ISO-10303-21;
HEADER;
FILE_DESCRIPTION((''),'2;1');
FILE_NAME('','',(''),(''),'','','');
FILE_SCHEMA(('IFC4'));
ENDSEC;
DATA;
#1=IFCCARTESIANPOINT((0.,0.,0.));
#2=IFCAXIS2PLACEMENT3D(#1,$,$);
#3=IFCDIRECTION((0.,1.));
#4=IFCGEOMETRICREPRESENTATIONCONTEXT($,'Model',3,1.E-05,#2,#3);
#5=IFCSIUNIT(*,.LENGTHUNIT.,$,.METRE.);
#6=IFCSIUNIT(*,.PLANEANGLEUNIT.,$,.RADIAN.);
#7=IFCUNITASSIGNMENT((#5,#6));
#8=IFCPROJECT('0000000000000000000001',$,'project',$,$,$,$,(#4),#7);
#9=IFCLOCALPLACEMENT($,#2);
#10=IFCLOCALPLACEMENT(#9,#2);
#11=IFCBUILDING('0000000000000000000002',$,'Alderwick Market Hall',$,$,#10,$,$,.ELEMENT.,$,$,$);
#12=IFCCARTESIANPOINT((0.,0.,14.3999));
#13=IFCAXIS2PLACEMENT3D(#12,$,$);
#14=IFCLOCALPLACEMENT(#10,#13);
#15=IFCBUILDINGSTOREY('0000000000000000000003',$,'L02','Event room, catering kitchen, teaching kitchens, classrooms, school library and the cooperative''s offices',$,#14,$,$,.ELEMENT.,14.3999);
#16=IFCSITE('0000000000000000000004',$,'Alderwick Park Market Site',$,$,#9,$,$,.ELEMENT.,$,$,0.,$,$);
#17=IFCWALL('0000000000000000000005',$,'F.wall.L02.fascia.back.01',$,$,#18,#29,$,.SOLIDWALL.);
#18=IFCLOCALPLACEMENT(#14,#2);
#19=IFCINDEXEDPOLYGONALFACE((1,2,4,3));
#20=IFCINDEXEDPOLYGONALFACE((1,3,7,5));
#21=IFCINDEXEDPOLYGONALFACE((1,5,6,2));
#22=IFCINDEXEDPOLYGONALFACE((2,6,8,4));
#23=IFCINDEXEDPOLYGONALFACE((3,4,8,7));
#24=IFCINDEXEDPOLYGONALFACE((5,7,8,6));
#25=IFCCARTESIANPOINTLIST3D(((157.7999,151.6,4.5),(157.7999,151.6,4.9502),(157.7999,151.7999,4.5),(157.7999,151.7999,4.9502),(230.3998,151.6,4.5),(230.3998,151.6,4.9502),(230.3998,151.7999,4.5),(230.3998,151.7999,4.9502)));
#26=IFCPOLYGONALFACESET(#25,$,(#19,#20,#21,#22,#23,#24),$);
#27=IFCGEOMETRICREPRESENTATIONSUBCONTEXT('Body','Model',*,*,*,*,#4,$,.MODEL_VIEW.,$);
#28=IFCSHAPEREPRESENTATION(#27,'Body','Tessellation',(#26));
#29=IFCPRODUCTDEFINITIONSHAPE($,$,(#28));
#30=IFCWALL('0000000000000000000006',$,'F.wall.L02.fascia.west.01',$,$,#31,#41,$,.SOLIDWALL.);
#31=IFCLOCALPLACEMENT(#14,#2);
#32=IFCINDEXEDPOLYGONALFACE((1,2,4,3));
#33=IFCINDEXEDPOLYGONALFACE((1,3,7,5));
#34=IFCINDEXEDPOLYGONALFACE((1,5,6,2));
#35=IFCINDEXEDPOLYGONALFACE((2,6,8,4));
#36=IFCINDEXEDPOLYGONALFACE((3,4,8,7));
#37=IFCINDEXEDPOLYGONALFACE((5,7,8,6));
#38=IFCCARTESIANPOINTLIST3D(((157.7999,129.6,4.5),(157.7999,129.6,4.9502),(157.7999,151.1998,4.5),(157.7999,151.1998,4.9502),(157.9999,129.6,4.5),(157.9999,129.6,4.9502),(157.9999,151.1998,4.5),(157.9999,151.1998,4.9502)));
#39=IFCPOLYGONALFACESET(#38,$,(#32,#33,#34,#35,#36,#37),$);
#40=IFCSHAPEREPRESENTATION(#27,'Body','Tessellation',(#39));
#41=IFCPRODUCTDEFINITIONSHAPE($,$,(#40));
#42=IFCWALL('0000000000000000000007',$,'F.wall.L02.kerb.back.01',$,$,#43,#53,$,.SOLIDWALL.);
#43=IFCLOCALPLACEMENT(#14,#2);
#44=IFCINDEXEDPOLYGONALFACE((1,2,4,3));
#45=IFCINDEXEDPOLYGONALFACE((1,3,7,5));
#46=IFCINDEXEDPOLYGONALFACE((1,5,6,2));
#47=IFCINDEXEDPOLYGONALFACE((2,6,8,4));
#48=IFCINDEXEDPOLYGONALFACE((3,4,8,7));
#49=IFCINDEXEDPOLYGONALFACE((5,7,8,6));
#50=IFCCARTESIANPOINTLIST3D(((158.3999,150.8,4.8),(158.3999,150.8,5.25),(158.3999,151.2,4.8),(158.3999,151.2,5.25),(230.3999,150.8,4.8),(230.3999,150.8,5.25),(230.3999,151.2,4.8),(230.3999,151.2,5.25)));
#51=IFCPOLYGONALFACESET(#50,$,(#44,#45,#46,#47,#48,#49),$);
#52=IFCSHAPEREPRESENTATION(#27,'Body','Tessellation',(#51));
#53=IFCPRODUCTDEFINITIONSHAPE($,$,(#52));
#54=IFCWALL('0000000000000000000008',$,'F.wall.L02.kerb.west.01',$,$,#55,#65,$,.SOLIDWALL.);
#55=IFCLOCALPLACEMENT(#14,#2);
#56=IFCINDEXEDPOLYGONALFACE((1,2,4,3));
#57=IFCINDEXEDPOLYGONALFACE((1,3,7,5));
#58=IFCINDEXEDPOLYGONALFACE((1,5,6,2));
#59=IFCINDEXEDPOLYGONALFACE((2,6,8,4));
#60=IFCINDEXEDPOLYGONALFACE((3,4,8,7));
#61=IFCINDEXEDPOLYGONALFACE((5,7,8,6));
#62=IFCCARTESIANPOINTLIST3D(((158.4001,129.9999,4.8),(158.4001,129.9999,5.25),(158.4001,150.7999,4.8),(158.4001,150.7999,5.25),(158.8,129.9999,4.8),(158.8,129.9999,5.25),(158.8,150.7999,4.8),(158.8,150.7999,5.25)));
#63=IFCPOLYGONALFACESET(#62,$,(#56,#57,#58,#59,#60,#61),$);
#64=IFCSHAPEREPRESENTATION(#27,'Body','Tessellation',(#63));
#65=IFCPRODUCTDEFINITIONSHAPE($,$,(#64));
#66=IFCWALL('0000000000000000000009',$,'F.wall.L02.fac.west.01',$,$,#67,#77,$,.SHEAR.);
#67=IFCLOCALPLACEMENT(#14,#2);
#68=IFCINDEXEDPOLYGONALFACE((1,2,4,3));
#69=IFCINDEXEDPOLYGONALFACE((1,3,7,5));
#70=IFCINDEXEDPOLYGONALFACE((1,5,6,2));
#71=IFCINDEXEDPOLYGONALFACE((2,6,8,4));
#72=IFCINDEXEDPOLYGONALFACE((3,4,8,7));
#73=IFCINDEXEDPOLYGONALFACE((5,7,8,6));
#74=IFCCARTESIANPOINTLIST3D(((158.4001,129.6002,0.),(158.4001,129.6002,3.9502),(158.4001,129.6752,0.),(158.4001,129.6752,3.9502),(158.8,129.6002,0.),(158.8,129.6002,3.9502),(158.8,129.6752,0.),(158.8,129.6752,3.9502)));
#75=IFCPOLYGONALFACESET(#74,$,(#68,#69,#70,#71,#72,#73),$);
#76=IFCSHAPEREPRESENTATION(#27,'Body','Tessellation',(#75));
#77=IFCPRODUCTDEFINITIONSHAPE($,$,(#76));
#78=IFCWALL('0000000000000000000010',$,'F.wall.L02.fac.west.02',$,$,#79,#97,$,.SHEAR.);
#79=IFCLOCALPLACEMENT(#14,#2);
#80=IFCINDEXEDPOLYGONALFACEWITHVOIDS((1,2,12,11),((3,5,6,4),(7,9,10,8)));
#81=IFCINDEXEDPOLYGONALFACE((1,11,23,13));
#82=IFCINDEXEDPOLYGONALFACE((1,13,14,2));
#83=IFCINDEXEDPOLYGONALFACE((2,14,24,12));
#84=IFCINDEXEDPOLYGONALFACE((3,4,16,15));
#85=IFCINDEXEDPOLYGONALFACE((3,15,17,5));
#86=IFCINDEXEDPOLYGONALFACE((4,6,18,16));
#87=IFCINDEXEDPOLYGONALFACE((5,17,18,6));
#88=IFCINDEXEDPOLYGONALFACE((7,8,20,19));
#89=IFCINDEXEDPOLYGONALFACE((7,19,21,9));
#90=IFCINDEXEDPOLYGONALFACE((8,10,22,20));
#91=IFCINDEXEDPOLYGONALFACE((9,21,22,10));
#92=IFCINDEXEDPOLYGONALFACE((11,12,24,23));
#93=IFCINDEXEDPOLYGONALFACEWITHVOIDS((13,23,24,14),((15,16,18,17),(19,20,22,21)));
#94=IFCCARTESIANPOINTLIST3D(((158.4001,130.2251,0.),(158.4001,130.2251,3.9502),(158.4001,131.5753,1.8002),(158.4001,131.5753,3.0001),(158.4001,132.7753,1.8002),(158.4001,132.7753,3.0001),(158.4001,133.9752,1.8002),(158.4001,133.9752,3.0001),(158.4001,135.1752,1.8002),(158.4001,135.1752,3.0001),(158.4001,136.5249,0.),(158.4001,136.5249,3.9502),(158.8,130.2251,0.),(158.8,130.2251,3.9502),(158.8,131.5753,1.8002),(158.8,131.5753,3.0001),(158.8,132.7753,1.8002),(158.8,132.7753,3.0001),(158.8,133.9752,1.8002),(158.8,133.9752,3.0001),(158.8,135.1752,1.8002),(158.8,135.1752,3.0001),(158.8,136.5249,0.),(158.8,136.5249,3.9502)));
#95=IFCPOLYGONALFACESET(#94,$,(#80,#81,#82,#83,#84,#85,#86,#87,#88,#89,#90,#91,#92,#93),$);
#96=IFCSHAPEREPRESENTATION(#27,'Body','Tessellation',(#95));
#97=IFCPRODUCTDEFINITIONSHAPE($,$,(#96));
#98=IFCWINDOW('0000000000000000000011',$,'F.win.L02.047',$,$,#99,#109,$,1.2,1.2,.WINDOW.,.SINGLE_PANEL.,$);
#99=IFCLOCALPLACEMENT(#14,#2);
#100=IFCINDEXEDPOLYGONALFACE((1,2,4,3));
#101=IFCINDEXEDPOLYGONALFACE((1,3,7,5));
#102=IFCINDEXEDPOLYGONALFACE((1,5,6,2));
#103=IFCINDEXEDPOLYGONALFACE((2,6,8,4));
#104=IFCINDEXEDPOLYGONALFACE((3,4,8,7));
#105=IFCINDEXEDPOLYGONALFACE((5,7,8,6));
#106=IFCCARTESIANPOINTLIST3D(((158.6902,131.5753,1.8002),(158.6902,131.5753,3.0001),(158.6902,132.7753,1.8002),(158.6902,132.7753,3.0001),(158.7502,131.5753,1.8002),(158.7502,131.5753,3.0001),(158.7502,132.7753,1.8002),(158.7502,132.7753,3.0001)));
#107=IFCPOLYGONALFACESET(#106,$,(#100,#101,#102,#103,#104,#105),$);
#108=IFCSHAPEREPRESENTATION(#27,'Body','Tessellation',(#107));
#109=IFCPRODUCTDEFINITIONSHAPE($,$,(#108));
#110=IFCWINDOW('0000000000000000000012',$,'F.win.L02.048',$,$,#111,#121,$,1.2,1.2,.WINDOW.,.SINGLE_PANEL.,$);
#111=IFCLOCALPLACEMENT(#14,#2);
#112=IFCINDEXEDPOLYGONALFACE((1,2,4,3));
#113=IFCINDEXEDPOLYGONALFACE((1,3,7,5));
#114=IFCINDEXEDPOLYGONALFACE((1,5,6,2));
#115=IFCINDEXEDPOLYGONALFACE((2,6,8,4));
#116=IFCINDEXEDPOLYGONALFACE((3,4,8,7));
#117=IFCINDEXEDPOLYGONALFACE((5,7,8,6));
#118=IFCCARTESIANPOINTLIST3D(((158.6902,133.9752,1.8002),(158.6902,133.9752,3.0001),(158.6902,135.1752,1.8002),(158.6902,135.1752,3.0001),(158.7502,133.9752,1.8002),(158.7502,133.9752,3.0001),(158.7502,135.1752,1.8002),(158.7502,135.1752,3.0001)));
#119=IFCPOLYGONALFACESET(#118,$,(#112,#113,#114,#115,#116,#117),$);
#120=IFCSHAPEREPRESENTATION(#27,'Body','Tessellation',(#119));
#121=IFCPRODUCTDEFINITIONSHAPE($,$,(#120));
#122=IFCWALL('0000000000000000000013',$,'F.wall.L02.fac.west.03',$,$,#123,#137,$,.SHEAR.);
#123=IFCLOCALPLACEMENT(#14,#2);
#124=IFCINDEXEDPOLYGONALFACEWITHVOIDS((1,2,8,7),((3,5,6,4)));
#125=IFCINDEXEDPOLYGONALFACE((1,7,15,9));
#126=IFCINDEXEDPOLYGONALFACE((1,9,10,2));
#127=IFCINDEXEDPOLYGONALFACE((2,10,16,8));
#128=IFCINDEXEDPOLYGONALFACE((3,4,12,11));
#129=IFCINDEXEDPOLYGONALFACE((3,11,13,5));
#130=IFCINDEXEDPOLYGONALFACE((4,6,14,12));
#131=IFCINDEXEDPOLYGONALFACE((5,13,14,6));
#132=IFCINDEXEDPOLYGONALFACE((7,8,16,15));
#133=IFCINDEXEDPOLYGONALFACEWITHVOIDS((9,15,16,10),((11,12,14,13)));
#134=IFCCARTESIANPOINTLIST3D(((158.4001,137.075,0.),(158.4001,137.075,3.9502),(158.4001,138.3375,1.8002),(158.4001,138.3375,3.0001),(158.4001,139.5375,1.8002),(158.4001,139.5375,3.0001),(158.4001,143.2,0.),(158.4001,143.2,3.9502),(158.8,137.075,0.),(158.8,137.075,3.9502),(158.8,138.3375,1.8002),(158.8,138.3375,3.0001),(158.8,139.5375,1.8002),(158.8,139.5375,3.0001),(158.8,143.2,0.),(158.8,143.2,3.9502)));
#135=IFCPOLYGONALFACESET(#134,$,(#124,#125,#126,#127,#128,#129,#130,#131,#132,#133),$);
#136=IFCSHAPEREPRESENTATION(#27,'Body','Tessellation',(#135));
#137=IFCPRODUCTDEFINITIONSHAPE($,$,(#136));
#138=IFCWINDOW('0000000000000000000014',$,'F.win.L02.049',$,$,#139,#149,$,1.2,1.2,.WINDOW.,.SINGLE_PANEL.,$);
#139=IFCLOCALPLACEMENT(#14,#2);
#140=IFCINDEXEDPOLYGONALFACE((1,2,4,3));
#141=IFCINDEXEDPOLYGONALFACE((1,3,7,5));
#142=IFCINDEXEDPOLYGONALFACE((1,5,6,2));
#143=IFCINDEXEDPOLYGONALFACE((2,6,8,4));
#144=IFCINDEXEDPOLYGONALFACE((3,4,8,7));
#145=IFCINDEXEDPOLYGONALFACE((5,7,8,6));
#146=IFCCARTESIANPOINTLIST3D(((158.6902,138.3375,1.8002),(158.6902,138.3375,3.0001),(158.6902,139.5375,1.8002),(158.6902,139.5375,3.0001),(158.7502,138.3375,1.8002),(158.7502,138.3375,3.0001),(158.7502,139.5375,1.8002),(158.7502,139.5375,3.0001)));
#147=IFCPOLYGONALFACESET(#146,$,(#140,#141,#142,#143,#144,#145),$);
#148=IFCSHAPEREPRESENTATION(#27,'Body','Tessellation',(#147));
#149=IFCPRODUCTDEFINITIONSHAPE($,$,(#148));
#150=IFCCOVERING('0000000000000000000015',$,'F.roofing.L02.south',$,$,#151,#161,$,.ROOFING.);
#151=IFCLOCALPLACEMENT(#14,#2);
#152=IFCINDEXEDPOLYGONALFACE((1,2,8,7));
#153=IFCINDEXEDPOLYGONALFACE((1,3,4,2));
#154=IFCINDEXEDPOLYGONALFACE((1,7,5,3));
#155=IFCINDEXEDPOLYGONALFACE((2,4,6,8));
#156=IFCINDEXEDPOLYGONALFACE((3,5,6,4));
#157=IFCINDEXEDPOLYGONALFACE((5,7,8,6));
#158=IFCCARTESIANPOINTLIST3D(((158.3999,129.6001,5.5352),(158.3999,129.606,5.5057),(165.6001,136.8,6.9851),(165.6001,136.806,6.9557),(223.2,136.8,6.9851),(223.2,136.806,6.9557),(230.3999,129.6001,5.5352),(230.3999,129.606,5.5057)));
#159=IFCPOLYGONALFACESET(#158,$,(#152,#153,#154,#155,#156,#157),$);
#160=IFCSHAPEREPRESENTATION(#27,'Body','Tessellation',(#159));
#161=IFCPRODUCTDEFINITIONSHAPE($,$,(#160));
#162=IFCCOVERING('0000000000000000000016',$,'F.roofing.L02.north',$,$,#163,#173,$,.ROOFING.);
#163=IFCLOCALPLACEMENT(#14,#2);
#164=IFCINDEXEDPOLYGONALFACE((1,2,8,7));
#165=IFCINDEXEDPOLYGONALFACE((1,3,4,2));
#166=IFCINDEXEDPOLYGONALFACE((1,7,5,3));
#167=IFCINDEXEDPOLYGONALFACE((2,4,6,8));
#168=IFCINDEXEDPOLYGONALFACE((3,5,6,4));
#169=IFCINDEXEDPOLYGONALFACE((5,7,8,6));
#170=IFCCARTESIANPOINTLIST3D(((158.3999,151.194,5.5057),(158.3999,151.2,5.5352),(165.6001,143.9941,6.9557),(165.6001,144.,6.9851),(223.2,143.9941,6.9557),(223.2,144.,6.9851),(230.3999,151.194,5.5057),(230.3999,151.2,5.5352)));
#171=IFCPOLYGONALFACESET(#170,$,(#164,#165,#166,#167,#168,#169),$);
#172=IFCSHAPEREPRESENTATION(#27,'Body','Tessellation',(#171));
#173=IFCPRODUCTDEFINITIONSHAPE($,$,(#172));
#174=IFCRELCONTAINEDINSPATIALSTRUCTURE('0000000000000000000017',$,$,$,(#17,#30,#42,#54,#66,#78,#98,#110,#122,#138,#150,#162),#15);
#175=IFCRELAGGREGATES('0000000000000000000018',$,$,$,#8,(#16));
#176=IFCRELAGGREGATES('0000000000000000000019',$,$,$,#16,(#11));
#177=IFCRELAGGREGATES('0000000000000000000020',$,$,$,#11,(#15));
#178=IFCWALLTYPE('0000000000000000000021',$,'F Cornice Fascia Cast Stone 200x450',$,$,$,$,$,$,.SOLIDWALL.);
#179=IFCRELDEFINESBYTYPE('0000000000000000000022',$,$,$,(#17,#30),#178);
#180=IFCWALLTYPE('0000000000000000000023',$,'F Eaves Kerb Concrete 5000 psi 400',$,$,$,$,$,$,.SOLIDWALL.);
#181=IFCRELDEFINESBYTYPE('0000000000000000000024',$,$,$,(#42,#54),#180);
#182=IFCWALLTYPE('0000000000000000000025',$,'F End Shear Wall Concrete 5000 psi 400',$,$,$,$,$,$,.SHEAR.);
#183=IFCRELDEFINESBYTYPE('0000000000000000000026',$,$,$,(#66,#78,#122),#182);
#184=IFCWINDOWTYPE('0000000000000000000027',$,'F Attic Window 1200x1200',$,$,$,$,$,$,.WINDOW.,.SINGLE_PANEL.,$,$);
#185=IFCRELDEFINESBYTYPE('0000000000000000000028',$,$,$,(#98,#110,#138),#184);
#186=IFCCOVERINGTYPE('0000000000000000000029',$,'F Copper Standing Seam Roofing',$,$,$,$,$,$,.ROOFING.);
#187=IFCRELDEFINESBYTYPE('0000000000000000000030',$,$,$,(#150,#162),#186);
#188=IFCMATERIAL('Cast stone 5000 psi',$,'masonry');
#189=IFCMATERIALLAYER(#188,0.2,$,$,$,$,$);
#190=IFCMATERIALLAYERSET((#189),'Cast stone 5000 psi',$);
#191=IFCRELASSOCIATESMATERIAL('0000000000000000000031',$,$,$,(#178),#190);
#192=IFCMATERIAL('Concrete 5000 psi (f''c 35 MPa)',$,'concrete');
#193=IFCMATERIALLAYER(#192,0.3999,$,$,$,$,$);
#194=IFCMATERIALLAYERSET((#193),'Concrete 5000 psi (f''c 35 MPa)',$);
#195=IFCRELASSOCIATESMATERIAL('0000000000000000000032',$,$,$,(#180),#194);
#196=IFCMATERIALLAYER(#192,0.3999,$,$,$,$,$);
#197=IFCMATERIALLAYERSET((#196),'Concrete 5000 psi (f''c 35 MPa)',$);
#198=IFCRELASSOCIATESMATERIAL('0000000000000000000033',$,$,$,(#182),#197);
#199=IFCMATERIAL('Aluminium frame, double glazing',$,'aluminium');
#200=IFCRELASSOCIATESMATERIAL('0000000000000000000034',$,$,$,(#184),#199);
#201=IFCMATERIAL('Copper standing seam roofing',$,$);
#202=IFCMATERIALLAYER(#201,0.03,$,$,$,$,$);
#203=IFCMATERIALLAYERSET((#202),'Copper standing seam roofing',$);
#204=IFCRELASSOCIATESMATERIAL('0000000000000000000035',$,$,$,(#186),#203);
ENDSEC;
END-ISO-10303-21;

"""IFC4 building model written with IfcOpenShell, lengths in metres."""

from ifc_helpers import new_model, si_unit, direction, frame, frame_2d, origin, place, context, subcontext, project, spatial, polyline, rectangle, outline, extrude, material, layer, layer_set, type_object, element, fill, save


model = new_model("IFC4")

# Units and contexts
model_context = context("Model", 3, precision=1e-05, world=origin(), true_north=direction((0.0, 1.0)))
body_context = subcontext(model_context, "Body", "Model", "MODEL_VIEW")
ifc_project = project(units=[si_unit("LENGTHUNIT", "METRE"), si_unit("PLANEANGLEUNIT", "RADIAN")], contexts=[model_context])

# Site, building, storey
site_placement = place(None, origin())
site = spatial("IfcSite", under=ifc_project, at=site_placement, Name="Alderwick Park Market Site", CompositionType="ELEMENT", RefElevation=0.0)
building_placement = place(site_placement, origin())
building = spatial("IfcBuilding", under=site, at=building_placement, Name="Alderwick Market Hall", CompositionType="ELEMENT")
storey_placement = place(building_placement, frame((0.0, 0.0, 14.3999)))
storey = spatial("IfcBuildingStorey", under=building, at=storey_placement, Name="L02", Description="Event room, catering kitchen, teaching kitchens, classrooms, school library and the cooperative's offices", CompositionType="ELEMENT", Elevation=14.3999)

# Shared definitions
ifc_material_1 = material(Name="Concrete 5000 psi (f'c 35 MPa)", Category="concrete")

# Walls
ifc_material_2 = material(Name="Cast stone 5000 psi", Category="masonry")
ifc_layer_1 = layer(ifc_material_2, 0.2)
ifc_layer_set_1 = layer_set([ifc_layer_1], Name="Cast stone 5000 psi")
wall_type_1 = type_object("IfcWallType", Name="F Cornice Fascia Cast Stone 200x450", PredefinedType="SOLIDWALL", material=ifc_layer_set_1)
wall_1_placement = place(storey_placement, frame((157.8, 151.7, 4.5), z_axis=(0.0, 0.0, 1.0), x_axis=(1.0, 0.0, 0.0)))
element("IfcWall", 1, at=wall_1_placement, inside=storey, type_object=wall_type_1, Name="F.wall.L02.fascia.back.01", PredefinedType="SOLIDWALL", context=body_context, shape_type="SweptSolid", body=[
    extrude(rectangle(XDim=72.5999, YDim=0.2, at=frame_2d((36.2998, 0.0))), origin(), (0.0, 0.0, 1.0), 0.4502),
])
wall_2_placement = place(storey_placement, frame((157.8999, 129.6001, 4.5), z_axis=(0.0, 0.0, 1.0), x_axis=(0.0, 1.0, 0.0)))
element("IfcWall", 2, at=wall_2_placement, inside=storey, type_object=wall_type_1, Name="F.wall.L02.fascia.west.01", PredefinedType="SOLIDWALL", context=body_context, shape_type="SweptSolid", body=[
    extrude(rectangle(XDim=21.5999, YDim=0.2, at=frame_2d((10.7998, 0.0))), origin(), (0.0, 0.0, 1.0), 0.4502),
])
ifc_layer_2 = layer(ifc_material_1, 0.3999)
ifc_layer_set_2 = layer_set([ifc_layer_2], Name="Concrete 5000 psi (f'c 35 MPa)")
wall_type_2 = type_object("IfcWallType", Name="F Eaves Kerb Concrete 5000 psi 400", PredefinedType="SOLIDWALL", material=ifc_layer_set_2)
wall_3_placement = place(storey_placement, frame((158.3999, 151.0, 4.8), z_axis=(0.0, 0.0, 1.0), x_axis=(1.0, 0.0, 0.0)))
element("IfcWall", 3, at=wall_3_placement, inside=storey, type_object=wall_type_2, Name="F.wall.L02.kerb.back.01", PredefinedType="SOLIDWALL", context=body_context, shape_type="SweptSolid", body=[
    extrude(rectangle(XDim=72.0, YDim=0.3999, at=frame_2d((36.0, 0.0))), origin(), (0.0, 0.0, 1.0), 0.45),
])
wall_4_placement = place(storey_placement, frame((158.6001, 130.0, 4.8), z_axis=(0.0, 0.0, 1.0), x_axis=(0.0, 1.0, 0.0)))
element("IfcWall", 4, at=wall_4_placement, inside=storey, type_object=wall_type_2, Name="F.wall.L02.kerb.west.01", PredefinedType="SOLIDWALL", context=body_context, shape_type="SweptSolid", body=[
    extrude(rectangle(XDim=20.8, YDim=0.3999, at=frame_2d((10.3999, 0.0))), origin(), (0.0, 0.0, 1.0), 0.45),
])
ifc_layer_3 = layer(ifc_material_1, 0.3999)
ifc_layer_set_3 = layer_set([ifc_layer_3], Name="Concrete 5000 psi (f'c 35 MPa)")
wall_type_3 = type_object("IfcWallType", Name="F End Shear Wall Concrete 5000 psi 400", PredefinedType="SHEAR", material=ifc_layer_set_3)
wall_5_placement = place(storey_placement, frame((158.6001, 129.6001, 0.0), z_axis=(0.0, 0.0, 1.0), x_axis=(0.0, 1.0, 0.0)))
element("IfcWall", 5, at=wall_5_placement, inside=storey, type_object=wall_type_3, Name="F.wall.L02.fac.west.01", PredefinedType="SHEAR", context=body_context, shape_type="SweptSolid", body=[
    extrude(rectangle(XDim=0.075, YDim=0.3999, at=frame_2d((0.0376, 0.0))), origin(), (0.0, 0.0, 1.0), 3.9502),
])

# Wall, openings, windows
wall_6_placement = place(storey_placement, frame((158.6001, 130.2251, 0.0), z_axis=(0.0, 0.0, 1.0), x_axis=(0.0, 1.0, 0.0)))
wall_6 = element("IfcWall", 6, at=wall_6_placement, inside=storey, type_object=wall_type_3, Name="F.wall.L02.fac.west.02", PredefinedType="SHEAR", context=body_context, shape_type="SweptSolid", body=[
    extrude(rectangle(XDim=6.2998, YDim=0.3999, at=frame_2d((3.1499, 0.0))), origin(), (0.0, 0.0, 1.0), 3.9502),
])
opening_1_placement = place(wall_6_placement, frame((1.3501, 0.0, 1.8)))
opening_1 = element("IfcOpeningElement", 7, at=opening_1_placement, cuts=wall_6, PredefinedType="OPENING", context=body_context, shape_type="SweptSolid", body=[
    extrude(rectangle(XDim=1.2, YDim=1.2, at=frame_2d((0.6001, 0.6001))), frame((0.0, 0.21, 0.0), z_axis=(0.0, -1.0, 0.0), x_axis=(1.0, 0.0, 0.0)), (0.0, 0.0, 1.0), 0.4199),
])
opening_2_placement = place(wall_6_placement, frame((3.75, 0.0, 1.8)))
opening_2 = element("IfcOpeningElement", 8, at=opening_2_placement, cuts=wall_6, PredefinedType="OPENING", context=body_context, shape_type="SweptSolid", body=[
    extrude(rectangle(XDim=1.2, YDim=1.2, at=frame_2d((0.6001, 0.6001))), frame((0.0, 0.21, 0.0), z_axis=(0.0, -1.0, 0.0), x_axis=(1.0, 0.0, 0.0)), (0.0, 0.0, 1.0), 0.4199),
])
ifc_material_3 = material(Name="Aluminium frame, double glazing", Category="aluminium")
window_type = type_object("IfcWindowType", Name="F Attic Window 1200x1200", PartitioningType="SINGLE_PANEL", PredefinedType="WINDOW", material=ifc_material_3)
window_1_placement = place(opening_1_placement, origin())
window_1 = element("IfcWindow", 9, at=window_1_placement, inside=storey, type_object=window_type, Name="F.win.L02.047", OverallHeight=1.2, OverallWidth=1.2, PartitioningType="SINGLE_PANEL", PredefinedType="WINDOW", context=body_context, shape_type="SweptSolid", body=[
    extrude(rectangle(XDim=1.2, YDim=1.2, at=frame_2d((0.6001, 0.6001))), frame((0.0, -0.0901, 0.0), z_axis=(0.0, -1.0, 0.0), x_axis=(1.0, 0.0, 0.0)), (0.0, 0.0, 1.0), 0.0601),
])
fill(opening_1, window_1)
window_2_placement = place(opening_2_placement, origin())
window_2 = element("IfcWindow", 10, at=window_2_placement, inside=storey, type_object=window_type, Name="F.win.L02.048", OverallHeight=1.2, OverallWidth=1.2, PartitioningType="SINGLE_PANEL", PredefinedType="WINDOW", context=body_context, shape_type="SweptSolid", body=[
    extrude(rectangle(XDim=1.2, YDim=1.2, at=frame_2d((0.6001, 0.6001))), frame((0.0, -0.0901, 0.0), z_axis=(0.0, -1.0, 0.0), x_axis=(1.0, 0.0, 0.0)), (0.0, 0.0, 1.0), 0.0601),
])
fill(opening_2, window_2)

# Wall, opening, window
wall_7_placement = place(storey_placement, frame((158.6001, 137.075, 0.0), z_axis=(0.0, 0.0, 1.0), x_axis=(0.0, 1.0, 0.0)))
wall_7 = element("IfcWall", 11, at=wall_7_placement, inside=storey, type_object=wall_type_3, Name="F.wall.L02.fac.west.03", PredefinedType="SHEAR", context=body_context, shape_type="SweptSolid", body=[
    extrude(rectangle(XDim=6.125, YDim=0.3999, at=frame_2d((3.0625, 0.0))), origin(), (0.0, 0.0, 1.0), 3.9502),
])
opening_3_placement = place(wall_7_placement, frame((1.2625, 0.0, 1.8)))
opening_3 = element("IfcOpeningElement", 12, at=opening_3_placement, cuts=wall_7, PredefinedType="OPENING", context=body_context, shape_type="SweptSolid", body=[
    extrude(rectangle(XDim=1.2, YDim=1.2, at=frame_2d((0.6001, 0.6001))), frame((0.0, 0.21, 0.0), z_axis=(0.0, -1.0, 0.0), x_axis=(1.0, 0.0, 0.0)), (0.0, 0.0, 1.0), 0.4199),
])
window_3_placement = place(opening_3_placement, origin())
window_3 = element("IfcWindow", 13, at=window_3_placement, inside=storey, type_object=window_type, Name="F.win.L02.049", OverallHeight=1.2, OverallWidth=1.2, PartitioningType="SINGLE_PANEL", PredefinedType="WINDOW", context=body_context, shape_type="SweptSolid", body=[
    extrude(rectangle(XDim=1.2, YDim=1.2, at=frame_2d((0.6001, 0.6001))), frame((0.0, -0.0901, 0.0), z_axis=(0.0, -1.0, 0.0), x_axis=(1.0, 0.0, 0.0)), (0.0, 0.0, 1.0), 0.0601),
])
fill(opening_3, window_3)

# Coverings
ifc_material_4 = material(Name="Copper standing seam roofing")
ifc_layer_4 = layer(ifc_material_4, 0.03)
ifc_layer_set_4 = layer_set([ifc_layer_4], Name="Copper standing seam roofing")
covering_type_1 = type_object("IfcCoveringType", Name="F Copper Standing Seam Roofing", PredefinedType="ROOFING", material=ifc_layer_set_4)
covering_1_placement = place(storey_placement, frame((158.3999, 129.6001, 5.5352), z_axis=(0.0, -0.19742, 0.980319), x_axis=(1.0, 0.0, 0.0)))
element("IfcCovering", 14, at=covering_1_placement, inside=storey, type_object=covering_type_1, Name="F.roofing.L02.south", PredefinedType="ROOFING", context=body_context, shape_type="SweptSolid", body=[
    extrude(outline(polyline([(0.0, 0.0), (72.0, 0.0), (64.8, 7.3445), (7.2002, 7.3445), (0.0, 0.0)])), origin(), (0.0, 0.0, -1.0), 0.03),
])
covering_2_placement = place(storey_placement, frame((158.3999, 151.2, 5.5352), z_axis=(0.0, 0.19742, 0.980319), x_axis=(1.0, 0.0, 0.0)))
element("IfcCovering", 15, at=covering_2_placement, inside=storey, type_object=covering_type_1, Name="F.roofing.L02.north", PredefinedType="ROOFING", context=body_context, shape_type="SweptSolid", body=[
    extrude(outline(polyline([(0.0, 0.0), (72.0, 0.0), (64.8, -7.3445), (7.2002, -7.3445), (0.0, 0.0)])), origin(), (0.0, 0.0, -1.0), 0.03),
])

save(model, "model.ifc")
